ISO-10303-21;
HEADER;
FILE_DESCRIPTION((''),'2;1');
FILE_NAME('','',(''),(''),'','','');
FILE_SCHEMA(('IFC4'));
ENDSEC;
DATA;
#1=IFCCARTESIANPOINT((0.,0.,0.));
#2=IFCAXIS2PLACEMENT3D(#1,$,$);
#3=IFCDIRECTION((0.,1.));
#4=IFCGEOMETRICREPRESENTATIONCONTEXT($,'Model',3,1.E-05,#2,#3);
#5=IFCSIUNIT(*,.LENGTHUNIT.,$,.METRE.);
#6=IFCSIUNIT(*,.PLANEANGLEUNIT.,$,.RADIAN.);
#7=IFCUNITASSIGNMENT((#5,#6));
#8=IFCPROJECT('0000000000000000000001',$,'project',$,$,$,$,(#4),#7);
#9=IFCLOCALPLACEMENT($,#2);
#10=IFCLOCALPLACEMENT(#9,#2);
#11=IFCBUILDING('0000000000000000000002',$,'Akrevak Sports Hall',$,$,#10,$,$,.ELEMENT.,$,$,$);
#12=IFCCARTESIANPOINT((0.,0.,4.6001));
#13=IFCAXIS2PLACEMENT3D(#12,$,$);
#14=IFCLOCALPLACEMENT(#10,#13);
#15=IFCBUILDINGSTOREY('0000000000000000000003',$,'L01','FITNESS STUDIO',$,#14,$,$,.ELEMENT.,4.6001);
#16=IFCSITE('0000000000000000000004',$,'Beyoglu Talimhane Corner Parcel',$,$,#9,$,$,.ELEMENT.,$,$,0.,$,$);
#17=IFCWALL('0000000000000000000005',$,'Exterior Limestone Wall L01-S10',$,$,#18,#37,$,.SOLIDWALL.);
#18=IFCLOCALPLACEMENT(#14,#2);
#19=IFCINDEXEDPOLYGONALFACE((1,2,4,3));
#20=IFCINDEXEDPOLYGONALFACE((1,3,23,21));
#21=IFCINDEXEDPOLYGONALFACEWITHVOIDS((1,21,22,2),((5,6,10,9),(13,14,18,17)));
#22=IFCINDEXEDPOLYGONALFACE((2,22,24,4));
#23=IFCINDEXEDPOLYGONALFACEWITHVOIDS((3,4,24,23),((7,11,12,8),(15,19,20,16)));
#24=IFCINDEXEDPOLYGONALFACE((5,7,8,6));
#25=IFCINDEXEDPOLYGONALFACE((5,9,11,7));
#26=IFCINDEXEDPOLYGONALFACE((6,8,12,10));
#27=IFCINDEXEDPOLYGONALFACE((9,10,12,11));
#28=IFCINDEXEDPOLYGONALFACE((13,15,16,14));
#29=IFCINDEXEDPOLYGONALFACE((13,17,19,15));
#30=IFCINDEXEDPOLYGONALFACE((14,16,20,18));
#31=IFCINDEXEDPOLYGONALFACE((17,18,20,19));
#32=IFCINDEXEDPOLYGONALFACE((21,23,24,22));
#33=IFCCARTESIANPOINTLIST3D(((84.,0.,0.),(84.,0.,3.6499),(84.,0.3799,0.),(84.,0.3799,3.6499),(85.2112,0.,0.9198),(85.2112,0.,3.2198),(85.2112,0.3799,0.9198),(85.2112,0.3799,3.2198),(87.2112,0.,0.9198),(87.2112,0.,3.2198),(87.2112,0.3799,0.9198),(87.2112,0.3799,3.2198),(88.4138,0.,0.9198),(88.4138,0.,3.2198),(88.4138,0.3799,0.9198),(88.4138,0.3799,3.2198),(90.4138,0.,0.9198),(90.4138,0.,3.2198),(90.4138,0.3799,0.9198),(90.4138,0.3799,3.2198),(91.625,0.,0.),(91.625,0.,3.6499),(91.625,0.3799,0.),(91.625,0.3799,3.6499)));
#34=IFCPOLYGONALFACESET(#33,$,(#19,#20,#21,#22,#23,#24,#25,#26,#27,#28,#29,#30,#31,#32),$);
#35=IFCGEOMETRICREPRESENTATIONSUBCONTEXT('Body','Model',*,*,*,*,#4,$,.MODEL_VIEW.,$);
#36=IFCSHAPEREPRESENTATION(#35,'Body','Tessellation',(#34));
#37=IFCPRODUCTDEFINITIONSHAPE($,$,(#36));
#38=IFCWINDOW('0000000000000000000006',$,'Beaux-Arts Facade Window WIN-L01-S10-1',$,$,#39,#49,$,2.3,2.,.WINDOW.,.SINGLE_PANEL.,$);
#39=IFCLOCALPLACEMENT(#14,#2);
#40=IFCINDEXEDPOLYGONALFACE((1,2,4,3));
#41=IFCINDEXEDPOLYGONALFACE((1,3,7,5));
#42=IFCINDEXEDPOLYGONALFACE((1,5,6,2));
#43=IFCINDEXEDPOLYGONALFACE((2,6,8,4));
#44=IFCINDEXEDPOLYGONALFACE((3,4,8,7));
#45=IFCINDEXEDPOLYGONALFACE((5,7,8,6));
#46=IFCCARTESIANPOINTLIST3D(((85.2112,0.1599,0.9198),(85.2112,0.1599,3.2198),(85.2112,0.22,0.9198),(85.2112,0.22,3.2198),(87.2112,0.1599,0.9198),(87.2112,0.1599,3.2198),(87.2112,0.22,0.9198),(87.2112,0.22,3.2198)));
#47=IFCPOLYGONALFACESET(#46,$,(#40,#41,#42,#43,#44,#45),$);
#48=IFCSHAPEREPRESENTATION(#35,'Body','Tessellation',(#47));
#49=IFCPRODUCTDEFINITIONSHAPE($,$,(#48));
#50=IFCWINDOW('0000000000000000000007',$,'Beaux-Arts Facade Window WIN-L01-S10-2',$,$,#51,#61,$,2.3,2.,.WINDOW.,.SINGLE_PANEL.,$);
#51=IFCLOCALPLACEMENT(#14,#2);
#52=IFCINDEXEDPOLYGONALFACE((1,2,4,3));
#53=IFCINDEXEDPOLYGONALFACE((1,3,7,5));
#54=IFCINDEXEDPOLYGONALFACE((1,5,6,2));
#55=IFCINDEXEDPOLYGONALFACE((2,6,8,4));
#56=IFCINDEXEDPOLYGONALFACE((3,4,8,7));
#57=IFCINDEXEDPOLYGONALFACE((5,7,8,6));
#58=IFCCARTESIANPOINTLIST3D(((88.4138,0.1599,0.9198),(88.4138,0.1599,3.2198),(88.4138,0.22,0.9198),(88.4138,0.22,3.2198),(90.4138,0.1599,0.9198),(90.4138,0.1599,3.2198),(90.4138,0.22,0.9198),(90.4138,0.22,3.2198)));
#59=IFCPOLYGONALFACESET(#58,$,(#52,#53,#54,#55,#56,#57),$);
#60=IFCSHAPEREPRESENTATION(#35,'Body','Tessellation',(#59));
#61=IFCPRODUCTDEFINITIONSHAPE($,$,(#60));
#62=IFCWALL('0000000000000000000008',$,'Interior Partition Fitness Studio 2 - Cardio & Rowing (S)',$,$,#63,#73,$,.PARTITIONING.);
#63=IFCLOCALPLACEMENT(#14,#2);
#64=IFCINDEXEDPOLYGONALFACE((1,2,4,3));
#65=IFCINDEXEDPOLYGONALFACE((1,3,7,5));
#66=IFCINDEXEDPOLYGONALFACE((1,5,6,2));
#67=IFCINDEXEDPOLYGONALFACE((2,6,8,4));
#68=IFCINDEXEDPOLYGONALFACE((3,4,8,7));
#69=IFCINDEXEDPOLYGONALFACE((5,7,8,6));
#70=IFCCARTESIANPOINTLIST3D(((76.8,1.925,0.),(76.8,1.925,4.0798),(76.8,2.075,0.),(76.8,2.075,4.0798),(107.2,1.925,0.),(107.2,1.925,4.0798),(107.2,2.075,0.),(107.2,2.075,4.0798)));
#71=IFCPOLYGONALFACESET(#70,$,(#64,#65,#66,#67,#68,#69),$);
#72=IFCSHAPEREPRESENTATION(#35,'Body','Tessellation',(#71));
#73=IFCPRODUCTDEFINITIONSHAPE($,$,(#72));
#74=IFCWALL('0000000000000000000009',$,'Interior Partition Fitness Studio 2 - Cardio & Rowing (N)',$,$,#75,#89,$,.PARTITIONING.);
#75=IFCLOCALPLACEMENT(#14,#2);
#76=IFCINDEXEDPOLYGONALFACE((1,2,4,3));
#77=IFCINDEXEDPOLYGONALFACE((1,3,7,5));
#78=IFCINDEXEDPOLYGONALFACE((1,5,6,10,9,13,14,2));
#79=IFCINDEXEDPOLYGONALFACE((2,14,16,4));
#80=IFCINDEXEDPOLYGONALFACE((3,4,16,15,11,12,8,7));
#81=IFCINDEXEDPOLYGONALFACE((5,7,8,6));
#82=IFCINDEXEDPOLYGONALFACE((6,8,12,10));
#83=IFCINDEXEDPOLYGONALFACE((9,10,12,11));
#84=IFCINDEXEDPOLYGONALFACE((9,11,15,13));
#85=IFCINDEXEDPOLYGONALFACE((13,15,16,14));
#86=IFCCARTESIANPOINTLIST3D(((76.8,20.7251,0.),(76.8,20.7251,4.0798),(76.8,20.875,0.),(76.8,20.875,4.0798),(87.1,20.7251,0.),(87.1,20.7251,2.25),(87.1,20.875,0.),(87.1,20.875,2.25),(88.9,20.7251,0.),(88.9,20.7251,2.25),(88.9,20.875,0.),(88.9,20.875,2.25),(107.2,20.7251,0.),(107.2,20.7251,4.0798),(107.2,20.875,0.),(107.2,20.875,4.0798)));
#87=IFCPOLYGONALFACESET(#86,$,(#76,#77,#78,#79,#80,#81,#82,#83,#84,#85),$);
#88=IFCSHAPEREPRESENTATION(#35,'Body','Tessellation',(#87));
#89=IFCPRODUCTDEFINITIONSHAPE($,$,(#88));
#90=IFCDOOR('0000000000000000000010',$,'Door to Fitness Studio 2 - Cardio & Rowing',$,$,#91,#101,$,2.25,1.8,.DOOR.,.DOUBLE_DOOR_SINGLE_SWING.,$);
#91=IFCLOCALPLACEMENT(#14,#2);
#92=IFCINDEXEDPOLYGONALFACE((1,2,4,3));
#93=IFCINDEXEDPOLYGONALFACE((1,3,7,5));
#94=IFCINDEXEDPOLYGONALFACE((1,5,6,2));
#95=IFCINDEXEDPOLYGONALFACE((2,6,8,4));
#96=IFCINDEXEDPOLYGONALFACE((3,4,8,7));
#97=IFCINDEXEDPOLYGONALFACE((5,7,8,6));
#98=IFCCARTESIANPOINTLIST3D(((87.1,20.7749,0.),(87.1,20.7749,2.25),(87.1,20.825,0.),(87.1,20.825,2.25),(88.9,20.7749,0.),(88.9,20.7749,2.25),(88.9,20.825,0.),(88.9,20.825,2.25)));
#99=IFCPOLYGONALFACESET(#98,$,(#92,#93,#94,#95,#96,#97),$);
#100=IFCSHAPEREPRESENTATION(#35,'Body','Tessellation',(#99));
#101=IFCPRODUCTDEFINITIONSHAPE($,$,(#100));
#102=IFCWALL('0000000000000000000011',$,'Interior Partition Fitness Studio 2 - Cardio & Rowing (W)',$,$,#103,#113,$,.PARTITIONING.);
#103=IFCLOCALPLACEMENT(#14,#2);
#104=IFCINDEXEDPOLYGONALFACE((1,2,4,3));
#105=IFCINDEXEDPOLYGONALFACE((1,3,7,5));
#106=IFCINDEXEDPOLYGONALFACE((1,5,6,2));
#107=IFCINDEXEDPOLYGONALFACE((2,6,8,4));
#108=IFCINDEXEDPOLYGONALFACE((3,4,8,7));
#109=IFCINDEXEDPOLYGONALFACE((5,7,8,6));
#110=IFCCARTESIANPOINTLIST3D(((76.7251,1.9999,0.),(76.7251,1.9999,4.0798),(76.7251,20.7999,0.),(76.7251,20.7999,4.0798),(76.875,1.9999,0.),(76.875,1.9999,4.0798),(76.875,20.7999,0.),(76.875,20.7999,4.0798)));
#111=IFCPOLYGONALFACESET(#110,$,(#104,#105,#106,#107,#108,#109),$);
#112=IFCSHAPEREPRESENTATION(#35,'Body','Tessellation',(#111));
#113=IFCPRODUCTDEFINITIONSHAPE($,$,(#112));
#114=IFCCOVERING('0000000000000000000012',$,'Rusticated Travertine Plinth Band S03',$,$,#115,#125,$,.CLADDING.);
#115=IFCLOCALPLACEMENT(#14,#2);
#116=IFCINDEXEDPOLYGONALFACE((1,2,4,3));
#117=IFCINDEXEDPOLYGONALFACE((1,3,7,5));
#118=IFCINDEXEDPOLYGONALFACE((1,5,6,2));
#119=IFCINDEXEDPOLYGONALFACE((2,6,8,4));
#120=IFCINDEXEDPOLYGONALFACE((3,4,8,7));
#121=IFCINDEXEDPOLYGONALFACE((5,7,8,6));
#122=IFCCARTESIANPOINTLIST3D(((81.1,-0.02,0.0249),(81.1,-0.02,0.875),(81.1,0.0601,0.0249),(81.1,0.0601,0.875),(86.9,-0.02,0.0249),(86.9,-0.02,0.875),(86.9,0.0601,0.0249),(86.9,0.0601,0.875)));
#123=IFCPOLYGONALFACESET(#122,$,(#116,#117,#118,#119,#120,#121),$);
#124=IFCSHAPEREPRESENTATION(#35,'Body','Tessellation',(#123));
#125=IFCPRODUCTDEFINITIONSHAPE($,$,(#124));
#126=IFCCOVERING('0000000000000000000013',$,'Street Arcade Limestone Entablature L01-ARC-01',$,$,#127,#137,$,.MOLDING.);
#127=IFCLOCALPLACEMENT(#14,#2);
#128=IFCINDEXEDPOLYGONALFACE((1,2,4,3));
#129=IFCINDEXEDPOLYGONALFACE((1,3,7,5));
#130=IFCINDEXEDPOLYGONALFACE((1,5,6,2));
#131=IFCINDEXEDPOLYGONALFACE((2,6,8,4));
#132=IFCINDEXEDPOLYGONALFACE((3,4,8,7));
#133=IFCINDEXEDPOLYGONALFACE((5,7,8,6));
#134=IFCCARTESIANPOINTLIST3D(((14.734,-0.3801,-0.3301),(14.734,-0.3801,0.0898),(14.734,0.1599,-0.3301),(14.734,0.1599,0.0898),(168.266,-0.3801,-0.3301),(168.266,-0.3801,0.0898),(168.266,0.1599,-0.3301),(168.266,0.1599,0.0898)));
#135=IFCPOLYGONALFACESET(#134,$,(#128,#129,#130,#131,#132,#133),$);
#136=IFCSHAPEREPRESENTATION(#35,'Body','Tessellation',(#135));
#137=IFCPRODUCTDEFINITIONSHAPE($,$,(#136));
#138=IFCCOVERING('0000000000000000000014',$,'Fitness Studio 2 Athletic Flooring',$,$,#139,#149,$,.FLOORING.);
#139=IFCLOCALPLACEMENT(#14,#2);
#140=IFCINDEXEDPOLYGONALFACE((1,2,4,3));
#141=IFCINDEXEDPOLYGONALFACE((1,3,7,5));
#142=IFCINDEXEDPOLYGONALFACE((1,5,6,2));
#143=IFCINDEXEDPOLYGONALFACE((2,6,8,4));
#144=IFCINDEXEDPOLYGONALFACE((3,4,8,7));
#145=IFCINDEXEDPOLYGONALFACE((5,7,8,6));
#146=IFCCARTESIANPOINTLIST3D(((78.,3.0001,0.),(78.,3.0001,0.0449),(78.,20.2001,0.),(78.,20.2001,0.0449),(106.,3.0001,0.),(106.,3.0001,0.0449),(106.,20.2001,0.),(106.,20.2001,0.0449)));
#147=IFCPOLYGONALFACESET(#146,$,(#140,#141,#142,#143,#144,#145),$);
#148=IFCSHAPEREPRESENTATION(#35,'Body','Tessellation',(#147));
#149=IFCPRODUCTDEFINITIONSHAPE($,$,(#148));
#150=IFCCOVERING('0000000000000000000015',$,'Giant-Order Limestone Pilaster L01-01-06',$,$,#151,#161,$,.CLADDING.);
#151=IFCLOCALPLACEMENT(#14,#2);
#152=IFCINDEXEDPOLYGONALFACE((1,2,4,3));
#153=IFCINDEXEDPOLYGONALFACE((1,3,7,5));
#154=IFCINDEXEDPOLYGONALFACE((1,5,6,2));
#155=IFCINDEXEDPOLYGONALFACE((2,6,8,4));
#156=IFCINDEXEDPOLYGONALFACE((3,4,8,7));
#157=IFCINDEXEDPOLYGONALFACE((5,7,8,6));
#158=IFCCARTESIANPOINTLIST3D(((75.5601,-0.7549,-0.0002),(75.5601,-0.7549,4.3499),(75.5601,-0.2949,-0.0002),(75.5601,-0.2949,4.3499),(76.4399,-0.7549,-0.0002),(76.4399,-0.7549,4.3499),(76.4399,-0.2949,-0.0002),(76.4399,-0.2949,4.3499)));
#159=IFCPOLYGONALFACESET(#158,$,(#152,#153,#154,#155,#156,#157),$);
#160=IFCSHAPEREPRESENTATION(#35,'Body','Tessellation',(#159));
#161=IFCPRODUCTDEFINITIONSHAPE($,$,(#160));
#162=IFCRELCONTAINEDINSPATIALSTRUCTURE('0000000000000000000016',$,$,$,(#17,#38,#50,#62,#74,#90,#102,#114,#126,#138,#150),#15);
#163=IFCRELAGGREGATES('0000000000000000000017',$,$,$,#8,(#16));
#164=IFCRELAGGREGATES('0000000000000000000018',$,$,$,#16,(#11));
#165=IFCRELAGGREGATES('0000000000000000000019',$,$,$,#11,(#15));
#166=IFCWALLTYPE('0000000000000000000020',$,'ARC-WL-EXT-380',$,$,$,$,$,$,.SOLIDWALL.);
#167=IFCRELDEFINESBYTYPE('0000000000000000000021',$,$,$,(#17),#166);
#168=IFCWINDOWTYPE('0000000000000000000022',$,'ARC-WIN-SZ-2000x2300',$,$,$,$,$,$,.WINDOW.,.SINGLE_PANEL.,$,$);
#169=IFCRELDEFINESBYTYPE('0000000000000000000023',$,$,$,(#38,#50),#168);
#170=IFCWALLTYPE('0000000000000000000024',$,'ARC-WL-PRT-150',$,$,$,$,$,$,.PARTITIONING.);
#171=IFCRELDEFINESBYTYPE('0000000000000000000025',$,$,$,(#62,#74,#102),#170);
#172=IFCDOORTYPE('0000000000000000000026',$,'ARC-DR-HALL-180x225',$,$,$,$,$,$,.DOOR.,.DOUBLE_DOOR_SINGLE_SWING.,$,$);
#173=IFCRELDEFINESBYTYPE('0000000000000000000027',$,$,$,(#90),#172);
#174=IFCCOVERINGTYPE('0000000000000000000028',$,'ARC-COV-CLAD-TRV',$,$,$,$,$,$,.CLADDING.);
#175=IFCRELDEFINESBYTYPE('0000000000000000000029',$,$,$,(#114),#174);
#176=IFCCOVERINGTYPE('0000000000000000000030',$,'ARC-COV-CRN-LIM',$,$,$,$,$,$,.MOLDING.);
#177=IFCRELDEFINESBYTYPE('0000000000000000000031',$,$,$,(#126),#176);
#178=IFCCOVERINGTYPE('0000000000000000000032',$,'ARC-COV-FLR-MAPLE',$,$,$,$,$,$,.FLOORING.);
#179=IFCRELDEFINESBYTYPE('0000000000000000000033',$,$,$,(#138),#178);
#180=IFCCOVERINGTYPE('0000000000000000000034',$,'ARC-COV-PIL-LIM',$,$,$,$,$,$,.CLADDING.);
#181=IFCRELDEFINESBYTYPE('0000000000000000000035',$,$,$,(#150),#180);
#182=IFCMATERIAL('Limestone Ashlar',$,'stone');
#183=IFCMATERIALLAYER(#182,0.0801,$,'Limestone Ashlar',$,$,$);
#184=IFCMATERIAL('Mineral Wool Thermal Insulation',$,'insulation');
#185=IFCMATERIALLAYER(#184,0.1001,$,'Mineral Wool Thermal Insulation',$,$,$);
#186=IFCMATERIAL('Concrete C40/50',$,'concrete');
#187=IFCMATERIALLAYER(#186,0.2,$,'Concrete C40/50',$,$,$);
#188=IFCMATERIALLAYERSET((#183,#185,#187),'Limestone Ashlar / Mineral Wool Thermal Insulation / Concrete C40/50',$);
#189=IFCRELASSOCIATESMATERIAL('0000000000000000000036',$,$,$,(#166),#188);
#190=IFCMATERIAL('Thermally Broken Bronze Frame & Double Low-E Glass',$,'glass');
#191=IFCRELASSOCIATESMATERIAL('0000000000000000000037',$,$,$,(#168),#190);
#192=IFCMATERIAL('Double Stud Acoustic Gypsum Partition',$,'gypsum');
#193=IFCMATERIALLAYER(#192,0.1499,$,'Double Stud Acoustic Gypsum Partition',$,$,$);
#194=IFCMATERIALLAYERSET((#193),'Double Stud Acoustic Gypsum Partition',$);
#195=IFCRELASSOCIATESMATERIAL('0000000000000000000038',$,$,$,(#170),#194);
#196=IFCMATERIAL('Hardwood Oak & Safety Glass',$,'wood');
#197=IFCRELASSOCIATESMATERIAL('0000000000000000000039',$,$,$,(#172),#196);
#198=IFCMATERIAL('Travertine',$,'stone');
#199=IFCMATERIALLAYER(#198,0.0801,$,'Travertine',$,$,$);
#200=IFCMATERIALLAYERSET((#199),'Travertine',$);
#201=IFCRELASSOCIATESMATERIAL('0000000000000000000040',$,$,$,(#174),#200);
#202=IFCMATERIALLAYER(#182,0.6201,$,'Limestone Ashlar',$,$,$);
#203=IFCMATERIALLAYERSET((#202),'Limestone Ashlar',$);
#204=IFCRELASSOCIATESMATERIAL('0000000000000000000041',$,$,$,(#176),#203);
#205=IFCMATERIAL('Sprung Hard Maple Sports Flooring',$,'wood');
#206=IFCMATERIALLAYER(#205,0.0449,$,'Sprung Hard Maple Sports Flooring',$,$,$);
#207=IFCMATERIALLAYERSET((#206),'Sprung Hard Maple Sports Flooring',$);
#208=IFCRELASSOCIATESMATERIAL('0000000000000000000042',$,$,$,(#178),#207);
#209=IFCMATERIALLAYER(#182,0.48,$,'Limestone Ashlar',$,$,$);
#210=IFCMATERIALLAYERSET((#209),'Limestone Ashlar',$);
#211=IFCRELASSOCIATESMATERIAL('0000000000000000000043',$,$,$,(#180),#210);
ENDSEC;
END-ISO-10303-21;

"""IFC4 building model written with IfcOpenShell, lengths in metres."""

from ifc_helpers import new_model, si_unit, direction, frame, frame_2d, origin, origin_2d, place, context, subcontext, project, spatial, rectangle, extrude, material, layer, layer_set, type_object, element, fill, save


model = new_model("IFC4")

# Units and contexts
model_context = context("Model", 3, precision=1e-05, world=origin(), true_north=direction((0.0, 1.0)))
body_context = subcontext(model_context, "Body", "Model", "MODEL_VIEW")
ifc_project = project(units=[si_unit("LENGTHUNIT", "METRE"), si_unit("PLANEANGLEUNIT", "RADIAN")], contexts=[model_context])

# Site, building, storey
site_placement = place(None, origin())
site = spatial("IfcSite", under=ifc_project, at=site_placement, Name="Beyoglu Talimhane Corner Parcel", CompositionType="ELEMENT", RefElevation=0.0)
building_placement = place(site_placement, origin())
building = spatial("IfcBuilding", under=site, at=building_placement, Name="Akrevak Sports Hall", CompositionType="ELEMENT")
storey_placement = place(building_placement, frame((0.0, 0.0, 4.6001)))
storey = spatial("IfcBuildingStorey", under=building, at=storey_placement, Name="L01", Description="FITNESS STUDIO", CompositionType="ELEMENT", Elevation=4.6001)

# Shared definitions
ifc_material_1 = material(Name="Concrete C40/50", Category="concrete")

# Wall, openings, windows
ifc_material_2 = material(Name="Limestone Ashlar", Category="stone")
ifc_layer_1 = layer(ifc_material_2, 0.0801, Name="Limestone Ashlar")
ifc_material_3 = material(Name="Mineral Wool Thermal Insulation", Category="insulation")
ifc_layer_2 = layer(ifc_material_3, 0.1001, Name="Mineral Wool Thermal Insulation")
ifc_layer_3 = layer(ifc_material_1, 0.2, Name="Concrete C40/50")
ifc_layer_set_1 = layer_set([ifc_layer_1, ifc_layer_2, ifc_layer_3], Name="Limestone Ashlar / Mineral Wool Thermal Insulation / Concrete C40/50")
wall_type_1 = type_object("IfcWallType", Name="ARC-WL-EXT-380", PredefinedType="SOLIDWALL", material=ifc_layer_set_1)
ifc_material_4 = material(Name="Thermally Broken Bronze Frame & Double Low-E Glass", Category="glass")
window_type = type_object("IfcWindowType", Name="ARC-WIN-SZ-2000x2300", PartitioningType="SINGLE_PANEL", PredefinedType="WINDOW", material=ifc_material_4)
wall_1_placement = place(storey_placement, frame((84.0, 0.1899, 0.0), z_axis=(0.0, 0.0, 1.0), x_axis=(1.0, 0.0, 0.0)))
wall_1 = element("IfcWall", 1, at=wall_1_placement, inside=storey, type_object=wall_type_1, Name="Exterior Limestone Wall L01-S10", PredefinedType="SOLIDWALL", context=body_context, shape_type="SweptSolid", body=[
    extrude(rectangle(XDim=7.625, YDim=0.3799, at=frame_2d((3.8125, 0.0))), origin(), (0.0, 0.0, 1.0), 3.6499),
])
opening_1_placement = place(wall_1_placement, frame((1.2112, 0.0, 0.9199)))
opening_1 = element("IfcOpeningElement", 2, at=opening_1_placement, cuts=wall_1, PredefinedType="OPENING", context=body_context, shape_type="SweptSolid", body=[
    extrude(rectangle(XDim=2.0, YDim=2.3, at=frame_2d((1.0, 1.1499))), frame((0.0, 0.2019, 0.0), z_axis=(0.0, -1.0, 0.0), x_axis=(1.0, 0.0, 0.0)), (0.0, 0.0, 1.0), 0.4038),
])
opening_2_placement = place(wall_1_placement, frame((4.4138, 0.0, 0.9199)))
opening_2 = element("IfcOpeningElement", 3, at=opening_2_placement, cuts=wall_1, PredefinedType="OPENING", context=body_context, shape_type="SweptSolid", body=[
    extrude(rectangle(XDim=2.0, YDim=2.3, at=frame_2d((1.0, 1.1499))), frame((0.0, 0.2019, 0.0), z_axis=(0.0, -1.0, 0.0), x_axis=(1.0, 0.0, 0.0)), (0.0, 0.0, 1.0), 0.4038),
])
window_1_placement = place(opening_1_placement, origin())
window_1 = element("IfcWindow", 4, at=window_1_placement, inside=storey, type_object=window_type, Name="Beaux-Arts Facade Window WIN-L01-S10-1", OverallHeight=2.3, OverallWidth=2.0, PartitioningType="SINGLE_PANEL", PredefinedType="WINDOW", context=body_context, shape_type="SweptSolid", body=[
    extrude(rectangle(XDim=2.0, YDim=2.3, at=frame_2d((1.0, 1.1499))), frame((0.0, 0.03, 0.0), z_axis=(0.0, -1.0, 0.0), x_axis=(1.0, 0.0, 0.0)), (0.0, 0.0, 1.0), 0.0601),
])
fill(opening_1, window_1)
window_2_placement = place(opening_2_placement, origin())
window_2 = element("IfcWindow", 5, at=window_2_placement, inside=storey, type_object=window_type, Name="Beaux-Arts Facade Window WIN-L01-S10-2", OverallHeight=2.3, OverallWidth=2.0, PartitioningType="SINGLE_PANEL", PredefinedType="WINDOW", context=body_context, shape_type="SweptSolid", body=[
    extrude(rectangle(XDim=2.0, YDim=2.3, at=frame_2d((1.0, 1.1499))), frame((0.0, 0.03, 0.0), z_axis=(0.0, -1.0, 0.0), x_axis=(1.0, 0.0, 0.0)), (0.0, 0.0, 1.0), 0.0601),
])
fill(opening_2, window_2)

# Wall
ifc_material_5 = material(Name="Double Stud Acoustic Gypsum Partition", Category="gypsum")
ifc_layer_4 = layer(ifc_material_5, 0.1499, Name="Double Stud Acoustic Gypsum Partition")
ifc_layer_set_2 = layer_set([ifc_layer_4], Name="Double Stud Acoustic Gypsum Partition")
wall_type_2 = type_object("IfcWallType", Name="ARC-WL-PRT-150", PredefinedType="PARTITIONING", material=ifc_layer_set_2)
wall_2_placement = place(storey_placement, frame((76.8, 2.0, 0.0), z_axis=(0.0, 0.0, 1.0), x_axis=(1.0, 0.0, 0.0)))
element("IfcWall", 6, at=wall_2_placement, inside=storey, type_object=wall_type_2, Name="Interior Partition Fitness Studio 2 - Cardio & Rowing (S)", PredefinedType="PARTITIONING", context=body_context, shape_type="SweptSolid", body=[
    extrude(rectangle(XDim=30.3999, YDim=0.1499, at=frame_2d((15.2, 0.0))), origin(), (0.0, 0.0, 1.0), 4.0798),
])

# Wall, opening, door
wall_3_placement = place(storey_placement, frame((76.8, 20.8, 0.0), z_axis=(0.0, 0.0, 1.0), x_axis=(1.0, 0.0, 0.0)))
wall_3 = element("IfcWall", 7, at=wall_3_placement, inside=storey, type_object=wall_type_2, Name="Interior Partition Fitness Studio 2 - Cardio & Rowing (N)", PredefinedType="PARTITIONING", context=body_context, shape_type="SweptSolid", body=[
    extrude(rectangle(XDim=30.3999, YDim=0.1499, at=frame_2d((15.2, 0.0))), origin(), (0.0, 0.0, 1.0), 4.0798),
])
opening_3_placement = place(wall_3_placement, frame((10.3, 0.0, 0.0)))
opening_3 = element("IfcOpeningElement", 8, at=opening_3_placement, cuts=wall_3, PredefinedType="OPENING", context=body_context, shape_type="SweptSolid", body=[
    extrude(rectangle(XDim=1.8, YDim=2.25, at=frame_2d((0.8999, 1.125))), frame((0.0, 0.0869, 0.0), z_axis=(0.0, -1.0, 0.0), x_axis=(1.0, 0.0, 0.0)), (0.0, 0.0, 1.0), 0.1738),
])
ifc_material_6 = material(Name="Hardwood Oak & Safety Glass", Category="wood")
door_type = type_object("IfcDoorType", Name="ARC-DR-HALL-180x225", OperationType="DOUBLE_DOOR_SINGLE_SWING", PredefinedType="DOOR", material=ifc_material_6)
door_placement = place(opening_3_placement, origin())
door = element("IfcDoor", 9, at=door_placement, inside=storey, type_object=door_type, Name="Door to Fitness Studio 2 - Cardio & Rowing", OperationType="DOUBLE_DOOR_SINGLE_SWING", OverallHeight=2.25, OverallWidth=1.8, PredefinedType="DOOR", context=body_context, shape_type="SweptSolid", body=[
    extrude(rectangle(XDim=1.8, YDim=2.25, at=frame_2d((0.8999, 1.125))), frame((0.0, 0.0249, 0.0), z_axis=(0.0, -1.0, 0.0), x_axis=(1.0, 0.0, 0.0)), (0.0, 0.0, 1.0), 0.05),
])
fill(opening_3, door)

# Wall
wall_4_placement = place(storey_placement, frame((76.8, 2.0, 0.0), z_axis=(0.0, 0.0, 1.0), x_axis=(0.0, 1.0, 0.0)))
element("IfcWall", 10, at=wall_4_placement, inside=storey, type_object=wall_type_2, Name="Interior Partition Fitness Studio 2 - Cardio & Rowing (W)", PredefinedType="PARTITIONING", context=body_context, shape_type="SweptSolid", body=[
    extrude(rectangle(XDim=18.8, YDim=0.1499, at=frame_2d((9.3999, 0.0))), origin(), (0.0, 0.0, 1.0), 4.0798),
])

# Coverings
ifc_material_7 = material(Name="Travertine", Category="stone")
ifc_layer_5 = layer(ifc_material_7, 0.0801, Name="Travertine")
ifc_layer_set_3 = layer_set([ifc_layer_5], Name="Travertine")
covering_type_1 = type_object("IfcCoveringType", Name="ARC-COV-CLAD-TRV", PredefinedType="CLADDING", material=ifc_layer_set_3)
covering_1_placement = place(storey_placement, frame((84.0, 0.02, 0.0249), z_axis=(0.0, 0.0, 1.0), x_axis=(1.0, 0.0, 0.0)))
element("IfcCovering", 11, at=covering_1_placement, inside=storey, type_object=covering_type_1, Name="Rusticated Travertine Plinth Band S03", PredefinedType="CLADDING", context=body_context, shape_type="SweptSolid", body=[
    extrude(rectangle(XDim=5.8, YDim=0.0801, at=origin_2d()), origin(), (0.0, 0.0, 1.0), 0.8501),
])
ifc_layer_6 = layer(ifc_material_2, 0.6201, Name="Limestone Ashlar")
ifc_layer_set_4 = layer_set([ifc_layer_6], Name="Limestone Ashlar")
covering_type_2 = type_object("IfcCoveringType", Name="ARC-COV-CRN-LIM", PredefinedType="MOLDING", material=ifc_layer_set_4)
covering_2_placement = place(storey_placement, frame((91.5, -0.1101, -0.3301), z_axis=(0.0, 0.0, 1.0), x_axis=(1.0, 0.0, 0.0)))
element("IfcCovering", 12, at=covering_2_placement, inside=storey, type_object=covering_type_2, Name="Street Arcade Limestone Entablature L01-ARC-01", PredefinedType="MOLDING", context=body_context, shape_type="SweptSolid", body=[
    extrude(rectangle(XDim=153.532, YDim=0.54, at=origin_2d()), origin(), (0.0, 0.0, 1.0), 0.4199),
])
ifc_material_8 = material(Name="Sprung Hard Maple Sports Flooring", Category="wood")
ifc_layer_7 = layer(ifc_material_8, 0.0449, Name="Sprung Hard Maple Sports Flooring")
ifc_layer_set_5 = layer_set([ifc_layer_7], Name="Sprung Hard Maple Sports Flooring")
covering_type_3 = type_object("IfcCoveringType", Name="ARC-COV-FLR-MAPLE", PredefinedType="FLOORING", material=ifc_layer_set_5)
covering_3_placement = place(storey_placement, frame((92.0, 11.6001, 0.0), z_axis=(0.0, 0.0, 1.0), x_axis=(1.0, 0.0, 0.0)))
element("IfcCovering", 13, at=covering_3_placement, inside=storey, type_object=covering_type_3, Name="Fitness Studio 2 Athletic Flooring", PredefinedType="FLOORING", context=body_context, shape_type="SweptSolid", body=[
    extrude(rectangle(XDim=28.0, YDim=17.2, at=origin_2d()), origin(), (0.0, 0.0, 1.0), 0.0449),
])
ifc_layer_8 = layer(ifc_material_2, 0.48, Name="Limestone Ashlar")
ifc_layer_set_6 = layer_set([ifc_layer_8], Name="Limestone Ashlar")
covering_type_4 = type_object("IfcCoveringType", Name="ARC-COV-PIL-LIM", PredefinedType="CLADDING", material=ifc_layer_set_6)
for number, where, z_axis, x_axis, name in (
    (14, (76.0, -0.5249, -0.0002), (0.0, 0.0, 1.0), (1.0, 0.0, 0.0), "Giant-Order Limestone Pilaster L01-01-06"),
):
    element("IfcCovering", number, at=place(storey_placement, frame(where, z_axis=z_axis, x_axis=x_axis)), inside=storey, type_object=covering_type_4, Name=name, PredefinedType="CLADDING", context=body_context, shape_type="SweptSolid", body=[
        extrude(rectangle(XDim=0.8799, YDim=0.46, at=origin_2d()), origin(), (0.0, 0.0, 1.0), 4.3501),
    ])

save(model, "model.ifc")
